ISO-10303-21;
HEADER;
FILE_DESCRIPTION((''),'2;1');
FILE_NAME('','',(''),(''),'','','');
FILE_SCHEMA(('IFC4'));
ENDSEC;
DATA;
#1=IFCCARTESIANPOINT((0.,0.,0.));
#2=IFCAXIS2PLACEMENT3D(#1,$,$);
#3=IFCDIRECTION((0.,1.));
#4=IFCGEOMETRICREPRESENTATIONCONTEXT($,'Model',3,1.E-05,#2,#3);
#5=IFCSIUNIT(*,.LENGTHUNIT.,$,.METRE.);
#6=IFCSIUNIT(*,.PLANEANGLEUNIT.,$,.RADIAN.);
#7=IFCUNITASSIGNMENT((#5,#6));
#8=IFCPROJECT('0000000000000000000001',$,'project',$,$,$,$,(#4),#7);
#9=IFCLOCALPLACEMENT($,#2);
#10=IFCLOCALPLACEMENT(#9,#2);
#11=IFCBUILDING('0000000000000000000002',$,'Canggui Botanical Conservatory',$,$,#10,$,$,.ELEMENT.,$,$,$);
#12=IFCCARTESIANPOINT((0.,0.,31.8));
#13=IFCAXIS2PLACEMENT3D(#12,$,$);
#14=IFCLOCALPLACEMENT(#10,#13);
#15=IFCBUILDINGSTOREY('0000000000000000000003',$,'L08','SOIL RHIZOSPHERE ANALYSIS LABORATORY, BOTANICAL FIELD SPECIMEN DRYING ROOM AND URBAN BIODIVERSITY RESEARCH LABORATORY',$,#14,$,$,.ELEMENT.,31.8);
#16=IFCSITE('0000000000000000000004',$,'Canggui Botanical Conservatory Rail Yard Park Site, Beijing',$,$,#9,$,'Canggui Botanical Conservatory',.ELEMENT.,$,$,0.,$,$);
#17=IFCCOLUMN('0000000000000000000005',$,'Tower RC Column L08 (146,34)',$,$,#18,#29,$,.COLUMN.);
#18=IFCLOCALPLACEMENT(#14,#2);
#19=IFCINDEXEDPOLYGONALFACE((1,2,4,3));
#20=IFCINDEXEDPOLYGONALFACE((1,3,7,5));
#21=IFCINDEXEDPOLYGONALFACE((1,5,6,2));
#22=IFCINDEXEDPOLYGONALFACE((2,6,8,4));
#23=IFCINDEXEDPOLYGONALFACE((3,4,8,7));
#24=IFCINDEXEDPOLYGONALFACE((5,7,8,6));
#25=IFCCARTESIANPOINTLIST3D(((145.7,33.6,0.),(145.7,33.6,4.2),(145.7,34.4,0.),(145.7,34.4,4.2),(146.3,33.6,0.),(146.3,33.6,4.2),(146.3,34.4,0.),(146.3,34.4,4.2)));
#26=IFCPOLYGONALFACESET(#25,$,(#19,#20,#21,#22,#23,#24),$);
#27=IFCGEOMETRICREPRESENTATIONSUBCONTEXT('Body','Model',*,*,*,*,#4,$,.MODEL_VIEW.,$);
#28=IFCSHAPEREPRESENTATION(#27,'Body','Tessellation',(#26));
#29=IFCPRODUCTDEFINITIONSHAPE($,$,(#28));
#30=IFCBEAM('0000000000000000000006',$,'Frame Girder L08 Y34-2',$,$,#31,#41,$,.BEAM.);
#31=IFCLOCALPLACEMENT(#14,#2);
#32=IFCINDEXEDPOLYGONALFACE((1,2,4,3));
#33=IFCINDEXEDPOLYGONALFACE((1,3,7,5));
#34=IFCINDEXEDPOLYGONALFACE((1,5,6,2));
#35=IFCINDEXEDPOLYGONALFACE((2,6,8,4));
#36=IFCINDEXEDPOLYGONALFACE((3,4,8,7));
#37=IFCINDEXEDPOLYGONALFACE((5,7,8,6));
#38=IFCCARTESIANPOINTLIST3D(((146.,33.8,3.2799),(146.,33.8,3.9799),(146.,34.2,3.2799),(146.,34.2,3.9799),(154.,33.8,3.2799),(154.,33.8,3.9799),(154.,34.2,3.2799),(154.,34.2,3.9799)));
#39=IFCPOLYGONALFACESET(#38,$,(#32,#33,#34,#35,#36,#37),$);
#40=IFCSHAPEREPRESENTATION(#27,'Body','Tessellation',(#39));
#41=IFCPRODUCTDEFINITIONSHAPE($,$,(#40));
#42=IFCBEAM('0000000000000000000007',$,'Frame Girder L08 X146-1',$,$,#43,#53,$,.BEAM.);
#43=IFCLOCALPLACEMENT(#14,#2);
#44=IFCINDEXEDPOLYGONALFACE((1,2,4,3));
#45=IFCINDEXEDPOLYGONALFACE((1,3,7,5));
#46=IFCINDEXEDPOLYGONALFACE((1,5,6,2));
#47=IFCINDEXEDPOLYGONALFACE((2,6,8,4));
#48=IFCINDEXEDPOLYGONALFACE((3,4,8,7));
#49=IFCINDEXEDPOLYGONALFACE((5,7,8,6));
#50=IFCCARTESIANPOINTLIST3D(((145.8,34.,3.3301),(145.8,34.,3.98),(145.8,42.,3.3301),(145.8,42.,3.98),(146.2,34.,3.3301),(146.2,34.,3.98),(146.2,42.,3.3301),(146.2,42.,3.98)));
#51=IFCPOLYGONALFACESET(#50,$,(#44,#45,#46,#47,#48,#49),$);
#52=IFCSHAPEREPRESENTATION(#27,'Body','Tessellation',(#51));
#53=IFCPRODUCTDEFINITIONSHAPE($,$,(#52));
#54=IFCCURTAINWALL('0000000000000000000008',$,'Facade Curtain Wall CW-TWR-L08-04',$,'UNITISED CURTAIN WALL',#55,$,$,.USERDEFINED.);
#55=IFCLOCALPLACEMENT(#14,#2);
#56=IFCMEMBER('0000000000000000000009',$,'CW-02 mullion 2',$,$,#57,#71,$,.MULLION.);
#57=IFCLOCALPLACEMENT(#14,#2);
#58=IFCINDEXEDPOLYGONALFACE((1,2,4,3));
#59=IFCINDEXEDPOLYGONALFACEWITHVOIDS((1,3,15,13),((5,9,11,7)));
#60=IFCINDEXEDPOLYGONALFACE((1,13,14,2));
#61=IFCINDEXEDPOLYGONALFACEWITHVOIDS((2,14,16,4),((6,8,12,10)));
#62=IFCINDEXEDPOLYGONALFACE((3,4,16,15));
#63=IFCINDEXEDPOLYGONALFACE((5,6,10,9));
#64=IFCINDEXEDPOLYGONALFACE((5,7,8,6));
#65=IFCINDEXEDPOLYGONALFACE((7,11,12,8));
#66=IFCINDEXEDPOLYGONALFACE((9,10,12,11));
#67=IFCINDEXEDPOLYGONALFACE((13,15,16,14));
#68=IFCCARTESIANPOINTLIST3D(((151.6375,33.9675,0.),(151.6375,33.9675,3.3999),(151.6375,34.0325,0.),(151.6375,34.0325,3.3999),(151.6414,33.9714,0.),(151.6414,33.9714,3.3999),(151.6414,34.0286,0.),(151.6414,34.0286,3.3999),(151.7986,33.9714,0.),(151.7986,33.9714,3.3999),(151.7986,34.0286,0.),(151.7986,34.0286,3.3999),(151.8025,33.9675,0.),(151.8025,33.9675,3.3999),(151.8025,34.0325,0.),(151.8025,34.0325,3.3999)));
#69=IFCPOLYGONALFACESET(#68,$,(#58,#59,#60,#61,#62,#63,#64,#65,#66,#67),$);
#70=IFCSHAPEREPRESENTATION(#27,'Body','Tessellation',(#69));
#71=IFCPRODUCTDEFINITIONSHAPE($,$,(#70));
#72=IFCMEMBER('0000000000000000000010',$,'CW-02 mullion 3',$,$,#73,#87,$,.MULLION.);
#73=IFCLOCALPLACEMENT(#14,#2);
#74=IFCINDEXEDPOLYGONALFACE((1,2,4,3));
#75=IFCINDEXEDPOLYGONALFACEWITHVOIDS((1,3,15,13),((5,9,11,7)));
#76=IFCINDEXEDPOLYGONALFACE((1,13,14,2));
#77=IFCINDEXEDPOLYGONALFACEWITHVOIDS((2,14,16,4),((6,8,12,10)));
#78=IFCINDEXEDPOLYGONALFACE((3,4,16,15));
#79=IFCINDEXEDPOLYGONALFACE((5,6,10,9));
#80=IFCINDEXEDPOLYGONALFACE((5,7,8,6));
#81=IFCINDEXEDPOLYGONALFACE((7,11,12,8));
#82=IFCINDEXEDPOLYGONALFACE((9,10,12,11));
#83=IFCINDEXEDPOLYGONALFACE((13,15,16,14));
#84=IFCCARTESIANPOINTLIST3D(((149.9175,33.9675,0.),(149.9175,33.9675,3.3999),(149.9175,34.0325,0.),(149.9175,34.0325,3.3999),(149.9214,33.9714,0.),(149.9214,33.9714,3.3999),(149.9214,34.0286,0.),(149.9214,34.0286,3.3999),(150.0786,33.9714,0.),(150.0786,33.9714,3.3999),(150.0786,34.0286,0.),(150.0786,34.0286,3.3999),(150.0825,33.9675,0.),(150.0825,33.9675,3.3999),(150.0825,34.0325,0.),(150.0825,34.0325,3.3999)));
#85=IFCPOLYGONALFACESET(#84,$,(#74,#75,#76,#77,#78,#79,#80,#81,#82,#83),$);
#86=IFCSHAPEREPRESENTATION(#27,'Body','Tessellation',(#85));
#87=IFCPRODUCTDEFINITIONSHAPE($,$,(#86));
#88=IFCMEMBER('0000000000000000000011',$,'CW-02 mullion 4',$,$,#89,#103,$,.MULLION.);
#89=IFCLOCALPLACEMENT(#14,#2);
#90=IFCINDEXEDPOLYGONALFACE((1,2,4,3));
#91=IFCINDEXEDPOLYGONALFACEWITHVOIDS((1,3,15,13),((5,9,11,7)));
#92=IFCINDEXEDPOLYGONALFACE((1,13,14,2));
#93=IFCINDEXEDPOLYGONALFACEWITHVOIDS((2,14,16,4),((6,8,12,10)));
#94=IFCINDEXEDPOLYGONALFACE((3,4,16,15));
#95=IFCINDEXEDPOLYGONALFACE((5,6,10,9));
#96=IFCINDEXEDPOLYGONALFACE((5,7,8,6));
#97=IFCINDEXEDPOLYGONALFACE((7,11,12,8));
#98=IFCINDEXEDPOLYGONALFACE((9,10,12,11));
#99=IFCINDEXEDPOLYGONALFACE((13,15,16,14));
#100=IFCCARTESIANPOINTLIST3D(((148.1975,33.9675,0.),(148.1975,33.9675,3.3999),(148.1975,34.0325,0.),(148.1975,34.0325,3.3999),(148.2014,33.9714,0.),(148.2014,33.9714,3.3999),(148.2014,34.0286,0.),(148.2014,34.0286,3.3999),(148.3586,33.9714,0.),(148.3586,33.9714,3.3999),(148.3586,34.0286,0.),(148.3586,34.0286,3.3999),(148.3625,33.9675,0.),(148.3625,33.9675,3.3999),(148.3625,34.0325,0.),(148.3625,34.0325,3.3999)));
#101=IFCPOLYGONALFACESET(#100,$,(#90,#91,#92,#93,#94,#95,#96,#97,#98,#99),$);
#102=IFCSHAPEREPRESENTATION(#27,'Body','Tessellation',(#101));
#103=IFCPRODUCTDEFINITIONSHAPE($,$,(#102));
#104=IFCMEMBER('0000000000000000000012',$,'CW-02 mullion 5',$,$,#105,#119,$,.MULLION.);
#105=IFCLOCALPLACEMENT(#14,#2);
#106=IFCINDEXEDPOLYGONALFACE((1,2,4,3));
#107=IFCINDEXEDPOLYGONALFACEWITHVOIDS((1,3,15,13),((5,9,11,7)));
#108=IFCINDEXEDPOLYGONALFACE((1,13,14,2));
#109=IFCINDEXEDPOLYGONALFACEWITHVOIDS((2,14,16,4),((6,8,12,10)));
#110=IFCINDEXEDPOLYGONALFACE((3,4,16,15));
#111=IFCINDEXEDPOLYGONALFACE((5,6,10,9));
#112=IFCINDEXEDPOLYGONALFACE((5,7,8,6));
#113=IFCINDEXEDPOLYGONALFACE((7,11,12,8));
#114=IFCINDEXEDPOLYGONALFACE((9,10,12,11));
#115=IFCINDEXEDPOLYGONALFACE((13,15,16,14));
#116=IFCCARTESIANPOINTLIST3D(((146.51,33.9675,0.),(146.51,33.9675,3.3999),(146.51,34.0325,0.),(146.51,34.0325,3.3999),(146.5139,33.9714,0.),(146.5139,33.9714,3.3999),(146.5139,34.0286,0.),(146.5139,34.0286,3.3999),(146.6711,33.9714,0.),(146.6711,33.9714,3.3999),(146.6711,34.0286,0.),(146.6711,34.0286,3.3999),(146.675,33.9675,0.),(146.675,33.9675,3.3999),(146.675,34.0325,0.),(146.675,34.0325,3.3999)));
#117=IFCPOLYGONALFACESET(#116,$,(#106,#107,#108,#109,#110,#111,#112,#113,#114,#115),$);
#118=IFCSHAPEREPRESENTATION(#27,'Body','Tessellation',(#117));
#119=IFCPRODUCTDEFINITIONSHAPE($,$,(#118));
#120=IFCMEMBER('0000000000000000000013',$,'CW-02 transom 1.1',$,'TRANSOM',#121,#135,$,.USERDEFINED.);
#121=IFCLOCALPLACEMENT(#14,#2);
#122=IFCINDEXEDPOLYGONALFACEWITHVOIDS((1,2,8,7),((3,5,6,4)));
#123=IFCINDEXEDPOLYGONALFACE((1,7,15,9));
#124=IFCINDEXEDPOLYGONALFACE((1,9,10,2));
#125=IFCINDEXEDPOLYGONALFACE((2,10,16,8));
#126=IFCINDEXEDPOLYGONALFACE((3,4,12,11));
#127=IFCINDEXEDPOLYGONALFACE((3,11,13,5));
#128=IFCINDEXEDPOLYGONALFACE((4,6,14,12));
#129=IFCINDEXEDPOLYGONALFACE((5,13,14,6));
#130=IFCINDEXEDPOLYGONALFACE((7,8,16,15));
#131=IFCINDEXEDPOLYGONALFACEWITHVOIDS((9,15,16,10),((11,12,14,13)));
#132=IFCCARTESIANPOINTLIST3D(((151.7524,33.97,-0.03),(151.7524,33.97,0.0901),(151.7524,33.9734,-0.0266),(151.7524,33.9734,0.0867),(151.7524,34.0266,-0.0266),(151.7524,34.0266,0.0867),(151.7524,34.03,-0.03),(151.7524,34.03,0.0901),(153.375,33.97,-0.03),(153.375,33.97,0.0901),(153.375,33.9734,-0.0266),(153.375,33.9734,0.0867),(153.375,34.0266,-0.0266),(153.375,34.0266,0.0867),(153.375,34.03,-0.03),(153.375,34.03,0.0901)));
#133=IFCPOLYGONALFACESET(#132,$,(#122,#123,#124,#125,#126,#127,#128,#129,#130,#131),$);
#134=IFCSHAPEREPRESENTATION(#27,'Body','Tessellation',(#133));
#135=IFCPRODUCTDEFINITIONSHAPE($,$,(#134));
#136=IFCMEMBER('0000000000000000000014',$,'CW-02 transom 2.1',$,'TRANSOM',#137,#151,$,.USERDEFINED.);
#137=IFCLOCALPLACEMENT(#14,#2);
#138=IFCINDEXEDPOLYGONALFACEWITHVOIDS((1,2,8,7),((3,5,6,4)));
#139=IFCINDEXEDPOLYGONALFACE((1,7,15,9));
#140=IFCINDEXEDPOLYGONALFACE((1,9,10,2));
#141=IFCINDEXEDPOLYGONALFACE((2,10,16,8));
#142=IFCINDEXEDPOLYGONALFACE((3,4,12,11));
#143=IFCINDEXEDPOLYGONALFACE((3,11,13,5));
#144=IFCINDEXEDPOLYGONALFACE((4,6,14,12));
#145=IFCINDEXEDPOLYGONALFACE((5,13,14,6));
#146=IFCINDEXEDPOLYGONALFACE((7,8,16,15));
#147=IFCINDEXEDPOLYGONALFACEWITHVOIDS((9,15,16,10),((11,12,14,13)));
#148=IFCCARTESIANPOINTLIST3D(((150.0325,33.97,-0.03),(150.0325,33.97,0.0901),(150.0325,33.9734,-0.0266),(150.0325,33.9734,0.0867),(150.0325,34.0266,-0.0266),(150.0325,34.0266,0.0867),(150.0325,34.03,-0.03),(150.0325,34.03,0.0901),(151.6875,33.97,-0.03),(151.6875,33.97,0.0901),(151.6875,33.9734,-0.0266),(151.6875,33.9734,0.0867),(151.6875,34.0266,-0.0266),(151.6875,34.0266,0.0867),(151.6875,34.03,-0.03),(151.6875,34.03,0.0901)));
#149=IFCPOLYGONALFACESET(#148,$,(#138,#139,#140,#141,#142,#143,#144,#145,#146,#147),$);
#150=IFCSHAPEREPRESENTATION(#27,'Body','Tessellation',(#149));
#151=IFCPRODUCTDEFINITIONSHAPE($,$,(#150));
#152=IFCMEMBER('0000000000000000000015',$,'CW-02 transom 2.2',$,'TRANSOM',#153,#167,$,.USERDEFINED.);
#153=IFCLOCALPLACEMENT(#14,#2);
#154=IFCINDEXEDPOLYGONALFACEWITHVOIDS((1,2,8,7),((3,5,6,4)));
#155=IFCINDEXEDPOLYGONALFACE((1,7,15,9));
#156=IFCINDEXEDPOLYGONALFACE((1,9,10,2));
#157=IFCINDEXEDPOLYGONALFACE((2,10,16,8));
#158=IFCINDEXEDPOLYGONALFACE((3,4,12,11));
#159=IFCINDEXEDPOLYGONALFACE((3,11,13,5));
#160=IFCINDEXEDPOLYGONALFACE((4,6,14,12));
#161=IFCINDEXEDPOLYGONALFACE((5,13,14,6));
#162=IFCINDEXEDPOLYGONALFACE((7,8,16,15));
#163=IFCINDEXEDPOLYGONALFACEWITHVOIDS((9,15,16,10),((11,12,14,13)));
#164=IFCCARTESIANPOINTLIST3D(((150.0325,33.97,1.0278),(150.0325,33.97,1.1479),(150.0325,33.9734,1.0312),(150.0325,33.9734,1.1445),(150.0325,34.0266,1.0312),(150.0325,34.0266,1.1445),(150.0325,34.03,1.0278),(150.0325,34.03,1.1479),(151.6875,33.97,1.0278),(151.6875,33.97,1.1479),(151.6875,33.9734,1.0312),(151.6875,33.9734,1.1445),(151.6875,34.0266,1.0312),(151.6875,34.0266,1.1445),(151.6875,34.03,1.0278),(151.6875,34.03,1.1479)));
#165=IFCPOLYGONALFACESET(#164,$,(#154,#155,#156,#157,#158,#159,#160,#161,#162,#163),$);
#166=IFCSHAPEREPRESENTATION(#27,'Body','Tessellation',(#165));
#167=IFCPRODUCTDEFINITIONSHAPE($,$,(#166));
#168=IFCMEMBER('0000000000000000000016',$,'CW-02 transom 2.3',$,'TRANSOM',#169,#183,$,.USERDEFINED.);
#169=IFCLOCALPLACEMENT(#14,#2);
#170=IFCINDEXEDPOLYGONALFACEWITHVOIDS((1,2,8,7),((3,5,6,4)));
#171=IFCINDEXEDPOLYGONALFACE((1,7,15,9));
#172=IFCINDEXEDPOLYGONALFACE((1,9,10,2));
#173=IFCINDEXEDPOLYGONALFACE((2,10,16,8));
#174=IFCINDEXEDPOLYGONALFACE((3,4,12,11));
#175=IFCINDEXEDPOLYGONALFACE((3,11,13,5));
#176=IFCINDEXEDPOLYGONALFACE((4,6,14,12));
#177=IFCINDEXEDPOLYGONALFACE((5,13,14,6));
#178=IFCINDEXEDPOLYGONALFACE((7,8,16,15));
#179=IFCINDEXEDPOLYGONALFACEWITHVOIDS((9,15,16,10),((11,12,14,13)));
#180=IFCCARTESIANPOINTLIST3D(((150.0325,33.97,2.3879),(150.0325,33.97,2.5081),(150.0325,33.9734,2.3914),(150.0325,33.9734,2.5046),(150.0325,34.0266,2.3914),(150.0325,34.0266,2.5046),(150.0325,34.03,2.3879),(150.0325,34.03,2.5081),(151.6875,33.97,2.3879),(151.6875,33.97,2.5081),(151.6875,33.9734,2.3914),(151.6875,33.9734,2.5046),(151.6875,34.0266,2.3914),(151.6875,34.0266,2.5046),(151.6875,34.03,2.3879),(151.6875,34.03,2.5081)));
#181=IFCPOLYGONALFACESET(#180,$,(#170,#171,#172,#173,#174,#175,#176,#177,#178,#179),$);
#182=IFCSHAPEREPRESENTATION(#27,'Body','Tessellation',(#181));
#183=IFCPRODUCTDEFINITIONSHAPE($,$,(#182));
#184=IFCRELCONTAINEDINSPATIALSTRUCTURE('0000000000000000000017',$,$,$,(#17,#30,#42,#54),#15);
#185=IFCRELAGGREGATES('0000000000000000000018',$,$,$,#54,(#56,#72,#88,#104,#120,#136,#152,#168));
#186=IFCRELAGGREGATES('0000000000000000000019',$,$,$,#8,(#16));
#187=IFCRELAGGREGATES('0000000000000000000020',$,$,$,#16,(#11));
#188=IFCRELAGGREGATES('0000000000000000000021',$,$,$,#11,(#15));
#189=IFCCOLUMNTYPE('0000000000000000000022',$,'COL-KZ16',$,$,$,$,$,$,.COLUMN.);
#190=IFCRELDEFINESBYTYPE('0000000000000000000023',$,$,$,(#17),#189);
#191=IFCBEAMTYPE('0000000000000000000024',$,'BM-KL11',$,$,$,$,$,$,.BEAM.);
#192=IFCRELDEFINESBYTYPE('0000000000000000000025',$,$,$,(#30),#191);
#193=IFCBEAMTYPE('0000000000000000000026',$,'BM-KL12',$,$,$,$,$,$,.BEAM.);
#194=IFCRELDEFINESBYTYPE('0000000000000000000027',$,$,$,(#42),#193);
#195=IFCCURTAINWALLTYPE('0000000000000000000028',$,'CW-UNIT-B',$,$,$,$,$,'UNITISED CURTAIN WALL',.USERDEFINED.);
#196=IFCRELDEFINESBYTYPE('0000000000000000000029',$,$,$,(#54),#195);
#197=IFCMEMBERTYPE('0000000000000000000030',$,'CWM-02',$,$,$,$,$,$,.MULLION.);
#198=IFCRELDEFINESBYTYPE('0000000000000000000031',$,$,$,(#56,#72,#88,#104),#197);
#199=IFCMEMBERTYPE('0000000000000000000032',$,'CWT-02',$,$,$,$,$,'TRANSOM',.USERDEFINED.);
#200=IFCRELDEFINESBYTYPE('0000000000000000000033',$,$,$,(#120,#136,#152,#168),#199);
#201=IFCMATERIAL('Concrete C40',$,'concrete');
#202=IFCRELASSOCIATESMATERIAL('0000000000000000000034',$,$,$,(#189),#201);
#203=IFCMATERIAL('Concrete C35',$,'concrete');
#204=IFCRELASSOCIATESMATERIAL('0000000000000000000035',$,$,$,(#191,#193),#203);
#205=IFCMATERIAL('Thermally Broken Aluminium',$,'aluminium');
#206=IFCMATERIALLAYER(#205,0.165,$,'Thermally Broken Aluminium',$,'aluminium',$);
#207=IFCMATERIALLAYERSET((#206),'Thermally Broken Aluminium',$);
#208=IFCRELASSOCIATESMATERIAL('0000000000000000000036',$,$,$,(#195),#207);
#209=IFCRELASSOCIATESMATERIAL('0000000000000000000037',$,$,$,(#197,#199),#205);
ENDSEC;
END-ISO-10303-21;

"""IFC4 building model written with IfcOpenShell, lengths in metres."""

from ifc_helpers import new_model, si_unit, direction, frame, origin, origin_2d, place, context, subcontext, project, spatial, rectangle, hollow_rectangle, extrude, material, layer, layer_set, material_profile, profile_set, type_object, element, aggregate, save


model = new_model("IFC4")

# Units and contexts
model_context = context("Model", 3, precision=1e-05, world=origin(), true_north=direction((0.0, 1.0)))
body_context = subcontext(model_context, "Body", "Model", "MODEL_VIEW")
ifc_project = project(units=[si_unit("LENGTHUNIT", "METRE"), si_unit("PLANEANGLEUNIT", "RADIAN")], contexts=[model_context])

# Site, building, storey
site_placement = place(None, origin())
site = spatial("IfcSite", under=ifc_project, at=site_placement, Name="Canggui Botanical Conservatory Rail Yard Park Site, Beijing", LongName="Canggui Botanical Conservatory", CompositionType="ELEMENT", RefElevation=0.0)
building_placement = place(site_placement, origin())
building = spatial("IfcBuilding", under=site, at=building_placement, Name="Canggui Botanical Conservatory", CompositionType="ELEMENT")
storey_placement = place(building_placement, frame((0.0, 0.0, 31.8)))
storey = spatial("IfcBuildingStorey", under=building, at=storey_placement, Name="L08", Description="SOIL RHIZOSPHERE ANALYSIS LABORATORY, BOTANICAL FIELD SPECIMEN DRYING ROOM AND URBAN BIODIVERSITY RESEARCH LABORATORY", CompositionType="ELEMENT", Elevation=31.8)

# Column
ifc_material_1 = material(Name="Concrete C40", Category="concrete")
ifc_material_profile_1 = material_profile(ifc_material_1, rectangle(XDim=0.6001, YDim=0.8, at=origin_2d()), Name="RC 600x800")
ifc_profile_set_1 = profile_set([ifc_material_profile_1], Name="Concrete C40")
column_type = type_object("IfcColumnType", Name="COL-KZ16", PredefinedType="COLUMN", material=ifc_profile_set_1)
column_placement = place(storey_placement, frame((146.0, 34.0, 0.0), z_axis=(0.0, 0.0, 1.0), x_axis=(1.0, 0.0, 0.0)))
element("IfcColumn", 1, at=column_placement, inside=storey, type_object=column_type, Name="Tower RC Column L08 (146,34)", PredefinedType="COLUMN", context=body_context, shape_type="SweptSolid", body=[
    extrude(rectangle(XDim=0.6001, YDim=0.8, at=origin_2d()), origin(), (0.0, 0.0, 1.0), 4.2),
])

# Beams
ifc_material_2 = material(Name="Concrete C35", Category="concrete")
ifc_material_profile_2 = material_profile(ifc_material_2, rectangle(XDim=0.3999, YDim=0.7, at=origin_2d()), Name="RB 400x700")
ifc_profile_set_2 = profile_set([ifc_material_profile_2], Name="Concrete C35")
beam_type_1 = type_object("IfcBeamType", Name="BM-KL11", PredefinedType="BEAM", material=ifc_profile_set_2)
beam_1_placement = place(storey_placement, frame((146.0, 34.0, 3.6299), z_axis=(1.0, 0.0, 0.0), x_axis=(0.0, 1.0, 0.0)))
element("IfcBeam", 2, at=beam_1_placement, inside=storey, type_object=beam_type_1, Name="Frame Girder L08 Y34-2", PredefinedType="BEAM", context=body_context, shape_type="SweptSolid", body=[
    extrude(rectangle(XDim=0.3999, YDim=0.7, at=origin_2d()), origin(), (0.0, 0.0, 1.0), 8.0),
])
ifc_material_profile_3 = material_profile(ifc_material_2, rectangle(XDim=0.3999, YDim=0.6499, at=origin_2d()), Name="RB 400x650")
ifc_profile_set_3 = profile_set([ifc_material_profile_3], Name="Concrete C35")
beam_type_2 = type_object("IfcBeamType", Name="BM-KL12", PredefinedType="BEAM", material=ifc_profile_set_3)
beam_2_placement = place(storey_placement, frame((146.0, 34.0, 3.655), z_axis=(0.0, 1.0, 0.0), x_axis=(-1.0, 0.0, 0.0)))
element("IfcBeam", 3, at=beam_2_placement, inside=storey, type_object=beam_type_2, Name="Frame Girder L08 X146-1", PredefinedType="BEAM", context=body_context, shape_type="SweptSolid", body=[
    extrude(rectangle(XDim=0.3999, YDim=0.6499, at=origin_2d()), origin(), (0.0, 0.0, 1.0), 8.0),
])

# Curtain wall, members
ifc_material_3 = material(Name="Thermally Broken Aluminium", Category="aluminium")
ifc_layer_1 = layer(ifc_material_3, 0.165, Name="Thermally Broken Aluminium", Category="aluminium")
ifc_layer_set_1 = layer_set([ifc_layer_1], Name="Thermally Broken Aluminium")
curtain_wall_type = type_object("IfcCurtainWallType", Name="CW-UNIT-B", ElementType="UNITISED CURTAIN WALL", PredefinedType="USERDEFINED", material=ifc_layer_set_1)
curtain_wall_placement = place(storey_placement, origin())
curtain_wall = element("IfcCurtainWall", 4, at=curtain_wall_placement, inside=storey, type_object=curtain_wall_type, Name="Facade Curtain Wall CW-TWR-L08-04", ObjectType="UNITISED CURTAIN WALL", PredefinedType="USERDEFINED")
ifc_material_profile_4 = material_profile(ifc_material_3, hollow_rectangle(XDim=0.0649, YDim=0.165, WallThickness=0.0039, at=origin_2d()), Name="CWM 65x165x4")
ifc_profile_set_4 = profile_set([ifc_material_profile_4], Name="Thermally Broken Aluminium")
member_type_1 = type_object("IfcMemberType", Name="CWM-02", PredefinedType="MULLION", material=ifc_profile_set_4)
member_1_placement = place(storey_placement, frame((151.72, 34.0, 0.0), z_axis=(0.0, 0.0, 1.0), x_axis=(0.0, -1.0, 0.0)))
member_1 = element("IfcMember", 5, at=member_1_placement, type_object=member_type_1, Name="CW-02 mullion 2", PredefinedType="MULLION", context=body_context, shape_type="SweptSolid", body=[
    extrude(hollow_rectangle(XDim=0.0649, YDim=0.165, WallThickness=0.0039, at=origin_2d()), origin(), (0.0, 0.0, 1.0), 3.3999),
])
member_2_placement = place(storey_placement, frame((150.0, 34.0, 0.0), z_axis=(0.0, 0.0, 1.0), x_axis=(0.0, -1.0, 0.0)))
member_2 = element("IfcMember", 6, at=member_2_placement, type_object=member_type_1, Name="CW-02 mullion 3", PredefinedType="MULLION", context=body_context, shape_type="SweptSolid", body=[
    extrude(hollow_rectangle(XDim=0.0649, YDim=0.165, WallThickness=0.0039, at=origin_2d()), origin(), (0.0, 0.0, 1.0), 3.3999),
])
member_3_placement = place(storey_placement, frame((148.28, 34.0, 0.0), z_axis=(0.0, 0.0, 1.0), x_axis=(0.0, -1.0, 0.0)))
member_3 = element("IfcMember", 7, at=member_3_placement, type_object=member_type_1, Name="CW-02 mullion 4", PredefinedType="MULLION", context=body_context, shape_type="SweptSolid", body=[
    extrude(hollow_rectangle(XDim=0.0649, YDim=0.165, WallThickness=0.0039, at=origin_2d()), origin(), (0.0, 0.0, 1.0), 3.3999),
])
member_4_placement = place(storey_placement, frame((146.5925, 34.0, 0.0), z_axis=(0.0, 0.0, 1.0), x_axis=(0.0, -1.0, 0.0)))
member_4 = element("IfcMember", 8, at=member_4_placement, type_object=member_type_1, Name="CW-02 mullion 5", PredefinedType="MULLION", context=body_context, shape_type="SweptSolid", body=[
    extrude(hollow_rectangle(XDim=0.0649, YDim=0.165, WallThickness=0.0039, at=origin_2d()), origin(), (0.0, 0.0, 1.0), 3.3999),
])
ifc_material_profile_5 = material_profile(ifc_material_3, hollow_rectangle(XDim=0.0601, YDim=0.1201, WallThickness=0.0034, at=origin_2d()), Name="CWT 60x120x3.5")
ifc_profile_set_5 = profile_set([ifc_material_profile_5], Name="Thermally Broken Aluminium")
member_type_2 = type_object("IfcMemberType", Name="CWT-02", ElementType="TRANSOM", PredefinedType="USERDEFINED", material=ifc_profile_set_5)
member_5_placement = place(storey_placement, frame((153.375, 34.0, 0.03), z_axis=(-1.0, 0.0, 0.0), x_axis=(0.0, -1.0, 0.0)))
member_5 = element("IfcMember", 9, at=member_5_placement, type_object=member_type_2, Name="CW-02 transom 1.1", ObjectType="TRANSOM", PredefinedType="USERDEFINED", context=body_context, shape_type="SweptSolid", body=[
    extrude(hollow_rectangle(XDim=0.0601, YDim=0.1201, WallThickness=0.0034, at=origin_2d()), origin(), (0.0, 0.0, 1.0), 1.6226),
])
member_6_placement = place(storey_placement, frame((151.6875, 34.0, 0.03), z_axis=(-1.0, 0.0, 0.0), x_axis=(0.0, -1.0, 0.0)))
member_6 = element("IfcMember", 10, at=member_6_placement, type_object=member_type_2, Name="CW-02 transom 2.1", ObjectType="TRANSOM", PredefinedType="USERDEFINED", context=body_context, shape_type="SweptSolid", body=[
    extrude(hollow_rectangle(XDim=0.0601, YDim=0.1201, WallThickness=0.0034, at=origin_2d()), origin(), (0.0, 0.0, 1.0), 1.655),
])
member_7_placement = place(storey_placement, frame((151.6875, 34.0, 1.0879), z_axis=(-1.0, 0.0, 0.0), x_axis=(0.0, -1.0, 0.0)))
member_7 = element("IfcMember", 11, at=member_7_placement, type_object=member_type_2, Name="CW-02 transom 2.2", ObjectType="TRANSOM", PredefinedType="USERDEFINED", context=body_context, shape_type="SweptSolid", body=[
    extrude(hollow_rectangle(XDim=0.0601, YDim=0.1201, WallThickness=0.0034, at=origin_2d()), origin(), (0.0, 0.0, 1.0), 1.655),
])
member_8_placement = place(storey_placement, frame((151.6875, 34.0, 2.448), z_axis=(-1.0, 0.0, 0.0), x_axis=(0.0, -1.0, 0.0)))
member_8 = element("IfcMember", 12, at=member_8_placement, type_object=member_type_2, Name="CW-02 transom 2.3", ObjectType="TRANSOM", PredefinedType="USERDEFINED", context=body_context, shape_type="SweptSolid", body=[
    extrude(hollow_rectangle(XDim=0.0601, YDim=0.1201, WallThickness=0.0034, at=origin_2d()), origin(), (0.0, 0.0, 1.0), 1.655),
])
aggregate(curtain_wall, [member_1, member_2, member_3, member_4, member_5, member_6, member_7, member_8])

save(model, "model.ifc")
